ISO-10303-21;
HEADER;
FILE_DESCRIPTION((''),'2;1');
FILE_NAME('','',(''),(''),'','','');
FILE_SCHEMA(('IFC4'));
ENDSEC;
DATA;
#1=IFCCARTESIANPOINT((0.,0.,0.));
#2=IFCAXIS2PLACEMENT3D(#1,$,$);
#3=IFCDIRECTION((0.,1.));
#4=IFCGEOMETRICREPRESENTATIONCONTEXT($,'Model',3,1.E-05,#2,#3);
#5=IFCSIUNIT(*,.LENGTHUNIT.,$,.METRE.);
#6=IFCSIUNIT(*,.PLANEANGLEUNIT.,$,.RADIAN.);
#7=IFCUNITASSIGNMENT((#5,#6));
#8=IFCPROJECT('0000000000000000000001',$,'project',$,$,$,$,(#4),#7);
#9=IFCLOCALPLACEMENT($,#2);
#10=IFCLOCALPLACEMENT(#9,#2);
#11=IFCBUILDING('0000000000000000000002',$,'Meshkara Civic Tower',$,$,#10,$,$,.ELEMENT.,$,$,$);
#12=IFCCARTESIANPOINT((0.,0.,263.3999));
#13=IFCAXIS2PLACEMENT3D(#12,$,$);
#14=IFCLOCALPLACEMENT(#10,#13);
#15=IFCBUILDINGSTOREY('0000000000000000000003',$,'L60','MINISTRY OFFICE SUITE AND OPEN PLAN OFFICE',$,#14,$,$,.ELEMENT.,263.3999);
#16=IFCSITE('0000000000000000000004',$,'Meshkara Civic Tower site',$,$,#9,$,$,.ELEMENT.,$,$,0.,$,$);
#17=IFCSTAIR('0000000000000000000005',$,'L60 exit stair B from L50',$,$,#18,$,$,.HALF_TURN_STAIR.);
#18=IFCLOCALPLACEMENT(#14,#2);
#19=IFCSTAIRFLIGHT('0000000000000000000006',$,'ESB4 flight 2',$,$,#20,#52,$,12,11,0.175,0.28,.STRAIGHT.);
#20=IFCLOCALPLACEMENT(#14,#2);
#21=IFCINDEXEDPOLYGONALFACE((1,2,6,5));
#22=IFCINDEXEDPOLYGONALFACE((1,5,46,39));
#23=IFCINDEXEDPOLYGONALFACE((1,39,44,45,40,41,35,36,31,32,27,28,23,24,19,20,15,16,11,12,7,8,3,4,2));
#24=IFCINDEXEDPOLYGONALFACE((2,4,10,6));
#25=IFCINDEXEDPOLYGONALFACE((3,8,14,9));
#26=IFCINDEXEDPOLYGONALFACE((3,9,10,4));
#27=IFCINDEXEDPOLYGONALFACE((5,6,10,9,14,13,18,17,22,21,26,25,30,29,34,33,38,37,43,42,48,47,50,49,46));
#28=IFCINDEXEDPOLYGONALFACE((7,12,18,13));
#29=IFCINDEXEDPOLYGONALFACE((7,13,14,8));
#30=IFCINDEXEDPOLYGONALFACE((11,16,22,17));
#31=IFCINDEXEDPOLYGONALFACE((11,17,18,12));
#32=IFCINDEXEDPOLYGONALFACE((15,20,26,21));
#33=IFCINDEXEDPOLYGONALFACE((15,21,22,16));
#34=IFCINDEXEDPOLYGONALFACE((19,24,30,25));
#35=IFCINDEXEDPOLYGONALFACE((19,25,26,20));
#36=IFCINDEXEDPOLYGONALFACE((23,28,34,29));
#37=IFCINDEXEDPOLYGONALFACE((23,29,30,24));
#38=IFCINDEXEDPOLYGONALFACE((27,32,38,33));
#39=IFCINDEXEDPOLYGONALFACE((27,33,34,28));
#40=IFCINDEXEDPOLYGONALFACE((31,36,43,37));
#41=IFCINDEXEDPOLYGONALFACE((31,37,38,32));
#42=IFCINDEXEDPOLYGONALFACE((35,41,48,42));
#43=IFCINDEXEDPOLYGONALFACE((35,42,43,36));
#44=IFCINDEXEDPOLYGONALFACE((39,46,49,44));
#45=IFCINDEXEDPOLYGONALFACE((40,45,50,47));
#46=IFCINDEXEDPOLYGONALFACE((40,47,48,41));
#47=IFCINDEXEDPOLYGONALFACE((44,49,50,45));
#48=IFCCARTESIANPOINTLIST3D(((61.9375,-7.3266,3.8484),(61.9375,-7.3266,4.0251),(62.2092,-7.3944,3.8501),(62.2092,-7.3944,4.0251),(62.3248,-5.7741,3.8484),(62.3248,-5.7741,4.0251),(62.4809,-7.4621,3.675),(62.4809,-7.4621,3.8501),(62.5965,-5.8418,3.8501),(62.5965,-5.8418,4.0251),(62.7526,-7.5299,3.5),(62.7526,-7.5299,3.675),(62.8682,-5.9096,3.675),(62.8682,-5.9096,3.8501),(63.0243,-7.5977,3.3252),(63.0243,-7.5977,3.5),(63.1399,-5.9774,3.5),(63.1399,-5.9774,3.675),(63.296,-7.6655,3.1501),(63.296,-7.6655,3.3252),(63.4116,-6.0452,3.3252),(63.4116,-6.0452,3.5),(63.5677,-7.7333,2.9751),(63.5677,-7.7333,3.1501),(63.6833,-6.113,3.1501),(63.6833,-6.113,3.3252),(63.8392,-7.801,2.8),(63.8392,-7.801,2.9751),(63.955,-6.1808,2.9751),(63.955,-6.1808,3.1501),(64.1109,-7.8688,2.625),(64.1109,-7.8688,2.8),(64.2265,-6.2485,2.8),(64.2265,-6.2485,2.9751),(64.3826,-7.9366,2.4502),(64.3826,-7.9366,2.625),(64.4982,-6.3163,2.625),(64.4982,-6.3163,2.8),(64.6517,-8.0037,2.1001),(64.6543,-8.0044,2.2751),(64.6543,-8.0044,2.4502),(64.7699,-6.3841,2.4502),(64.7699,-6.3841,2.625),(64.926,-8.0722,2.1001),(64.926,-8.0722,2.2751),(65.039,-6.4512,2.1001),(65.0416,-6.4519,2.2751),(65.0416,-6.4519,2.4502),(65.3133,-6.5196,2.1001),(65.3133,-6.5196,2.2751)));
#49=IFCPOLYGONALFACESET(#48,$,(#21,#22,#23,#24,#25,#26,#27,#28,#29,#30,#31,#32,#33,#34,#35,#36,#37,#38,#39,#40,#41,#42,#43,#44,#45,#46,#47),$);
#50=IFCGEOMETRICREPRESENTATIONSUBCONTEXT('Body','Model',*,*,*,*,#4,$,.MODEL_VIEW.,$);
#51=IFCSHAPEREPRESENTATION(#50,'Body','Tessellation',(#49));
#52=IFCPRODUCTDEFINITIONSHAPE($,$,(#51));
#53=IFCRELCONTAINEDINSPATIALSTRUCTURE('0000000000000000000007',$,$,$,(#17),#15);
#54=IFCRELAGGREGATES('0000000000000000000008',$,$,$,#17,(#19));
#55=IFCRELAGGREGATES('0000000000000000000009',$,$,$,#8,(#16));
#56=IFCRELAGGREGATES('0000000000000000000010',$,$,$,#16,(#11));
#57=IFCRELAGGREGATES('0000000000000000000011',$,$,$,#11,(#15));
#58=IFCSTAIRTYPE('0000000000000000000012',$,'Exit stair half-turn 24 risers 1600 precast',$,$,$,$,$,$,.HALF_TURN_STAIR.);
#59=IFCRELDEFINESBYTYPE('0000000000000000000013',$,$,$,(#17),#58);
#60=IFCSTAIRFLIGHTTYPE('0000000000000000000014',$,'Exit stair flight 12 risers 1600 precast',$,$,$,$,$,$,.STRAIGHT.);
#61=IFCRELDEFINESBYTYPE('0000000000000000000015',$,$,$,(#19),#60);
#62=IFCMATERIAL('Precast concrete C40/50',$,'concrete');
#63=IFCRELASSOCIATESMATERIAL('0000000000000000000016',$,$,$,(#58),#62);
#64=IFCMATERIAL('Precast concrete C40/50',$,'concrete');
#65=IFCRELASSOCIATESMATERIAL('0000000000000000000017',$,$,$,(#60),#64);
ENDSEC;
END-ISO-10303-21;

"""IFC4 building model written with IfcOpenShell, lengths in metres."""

from ifc_helpers import new_model, si_unit, direction, frame, origin, place, context, subcontext, project, spatial, polyline, outline, extrude, material, type_object, element, aggregate, save


model = new_model("IFC4")

# Units and contexts
model_context = context("Model", 3, precision=1e-05, world=origin(), true_north=direction((0.0, 1.0)))
body_context = subcontext(model_context, "Body", "Model", "MODEL_VIEW")
ifc_project = project(units=[si_unit("LENGTHUNIT", "METRE"), si_unit("PLANEANGLEUNIT", "RADIAN")], contexts=[model_context])

# Site, building, storey
site_placement = place(None, origin())
site = spatial("IfcSite", under=ifc_project, at=site_placement, Name="Meshkara Civic Tower site", CompositionType="ELEMENT", RefElevation=0.0)
building_placement = place(site_placement, origin())
building = spatial("IfcBuilding", under=site, at=building_placement, Name="Meshkara Civic Tower", CompositionType="ELEMENT")
storey_placement = place(building_placement, frame((0.0, 0.0, 263.3999)))
storey = spatial("IfcBuildingStorey", under=building, at=storey_placement, Name="L60", Description="MINISTRY OFFICE SUITE AND OPEN PLAN OFFICE", CompositionType="ELEMENT", Elevation=263.3999)

# Stair, stair flight
ifc_material_1 = material(Name="Precast concrete C40/50", Category="concrete")
stair_type = type_object("IfcStairType", Name="Exit stair half-turn 24 risers 1600 precast", PredefinedType="HALF_TURN_STAIR", material=ifc_material_1)
stair_placement = place(storey_placement, origin())
stair = element("IfcStair", 1, at=stair_placement, inside=storey, type_object=stair_type, Name="L60 exit stair B from L50", PredefinedType="HALF_TURN_STAIR")
ifc_material_2 = material(Name="Precast concrete C40/50", Category="concrete")
stair_flight_type = type_object("IfcStairFlightType", Name="Exit stair flight 12 risers 1600 precast", PredefinedType="STRAIGHT", material=ifc_material_2)
stair_flight_1_placement = place(storey_placement, frame((65.1196, -7.2959, 2.1001), z_axis=(0.0, 0.0, 1.0), x_axis=(-0.97026, 0.242065, 0.0)))
stair_flight_1 = element("IfcStairFlight", 2, at=stair_flight_1_placement, type_object=stair_flight_type, Name="ESB4 flight 2", NumberOfRisers=12, NumberOfTreads=11, PredefinedType="STRAIGHT", RiserHeight=0.175, TreadLength=0.28, context=body_context, shape_type="SweptSolid", body=[
    extrude(outline(polyline([(0.0, 0.0), (0.0, 0.175), (0.28, 0.175), (0.28, 0.3501), (0.5601, 0.3501), (0.5601, 0.5249), (0.8401, 0.5249), (0.8401, 0.7), (1.1201, 0.7), (1.1201, 0.875), (1.3999, 0.875), (1.3999, 1.05), (1.6799, 1.05), (1.6799, 1.2251), (1.96, 1.2251), (1.96, 1.3999), (2.24, 1.3999), (2.24, 1.575), (2.52, 1.575), (2.52, 1.75), (2.8, 1.75), (2.8, 1.925), (3.0801, 1.925), (3.0801, 2.1001), (3.0801, 1.7483), (0.2827, 0.0), (0.0, 0.0)])), frame((0.0, 0.8, 0.0), z_axis=(0.0, -1.0, 0.0), x_axis=(1.0, 0.0, 0.0)), (0.0, 0.0, 1.0), 1.6001),
])
aggregate(stair, [stair_flight_1])

save(model, "model.ifc")
